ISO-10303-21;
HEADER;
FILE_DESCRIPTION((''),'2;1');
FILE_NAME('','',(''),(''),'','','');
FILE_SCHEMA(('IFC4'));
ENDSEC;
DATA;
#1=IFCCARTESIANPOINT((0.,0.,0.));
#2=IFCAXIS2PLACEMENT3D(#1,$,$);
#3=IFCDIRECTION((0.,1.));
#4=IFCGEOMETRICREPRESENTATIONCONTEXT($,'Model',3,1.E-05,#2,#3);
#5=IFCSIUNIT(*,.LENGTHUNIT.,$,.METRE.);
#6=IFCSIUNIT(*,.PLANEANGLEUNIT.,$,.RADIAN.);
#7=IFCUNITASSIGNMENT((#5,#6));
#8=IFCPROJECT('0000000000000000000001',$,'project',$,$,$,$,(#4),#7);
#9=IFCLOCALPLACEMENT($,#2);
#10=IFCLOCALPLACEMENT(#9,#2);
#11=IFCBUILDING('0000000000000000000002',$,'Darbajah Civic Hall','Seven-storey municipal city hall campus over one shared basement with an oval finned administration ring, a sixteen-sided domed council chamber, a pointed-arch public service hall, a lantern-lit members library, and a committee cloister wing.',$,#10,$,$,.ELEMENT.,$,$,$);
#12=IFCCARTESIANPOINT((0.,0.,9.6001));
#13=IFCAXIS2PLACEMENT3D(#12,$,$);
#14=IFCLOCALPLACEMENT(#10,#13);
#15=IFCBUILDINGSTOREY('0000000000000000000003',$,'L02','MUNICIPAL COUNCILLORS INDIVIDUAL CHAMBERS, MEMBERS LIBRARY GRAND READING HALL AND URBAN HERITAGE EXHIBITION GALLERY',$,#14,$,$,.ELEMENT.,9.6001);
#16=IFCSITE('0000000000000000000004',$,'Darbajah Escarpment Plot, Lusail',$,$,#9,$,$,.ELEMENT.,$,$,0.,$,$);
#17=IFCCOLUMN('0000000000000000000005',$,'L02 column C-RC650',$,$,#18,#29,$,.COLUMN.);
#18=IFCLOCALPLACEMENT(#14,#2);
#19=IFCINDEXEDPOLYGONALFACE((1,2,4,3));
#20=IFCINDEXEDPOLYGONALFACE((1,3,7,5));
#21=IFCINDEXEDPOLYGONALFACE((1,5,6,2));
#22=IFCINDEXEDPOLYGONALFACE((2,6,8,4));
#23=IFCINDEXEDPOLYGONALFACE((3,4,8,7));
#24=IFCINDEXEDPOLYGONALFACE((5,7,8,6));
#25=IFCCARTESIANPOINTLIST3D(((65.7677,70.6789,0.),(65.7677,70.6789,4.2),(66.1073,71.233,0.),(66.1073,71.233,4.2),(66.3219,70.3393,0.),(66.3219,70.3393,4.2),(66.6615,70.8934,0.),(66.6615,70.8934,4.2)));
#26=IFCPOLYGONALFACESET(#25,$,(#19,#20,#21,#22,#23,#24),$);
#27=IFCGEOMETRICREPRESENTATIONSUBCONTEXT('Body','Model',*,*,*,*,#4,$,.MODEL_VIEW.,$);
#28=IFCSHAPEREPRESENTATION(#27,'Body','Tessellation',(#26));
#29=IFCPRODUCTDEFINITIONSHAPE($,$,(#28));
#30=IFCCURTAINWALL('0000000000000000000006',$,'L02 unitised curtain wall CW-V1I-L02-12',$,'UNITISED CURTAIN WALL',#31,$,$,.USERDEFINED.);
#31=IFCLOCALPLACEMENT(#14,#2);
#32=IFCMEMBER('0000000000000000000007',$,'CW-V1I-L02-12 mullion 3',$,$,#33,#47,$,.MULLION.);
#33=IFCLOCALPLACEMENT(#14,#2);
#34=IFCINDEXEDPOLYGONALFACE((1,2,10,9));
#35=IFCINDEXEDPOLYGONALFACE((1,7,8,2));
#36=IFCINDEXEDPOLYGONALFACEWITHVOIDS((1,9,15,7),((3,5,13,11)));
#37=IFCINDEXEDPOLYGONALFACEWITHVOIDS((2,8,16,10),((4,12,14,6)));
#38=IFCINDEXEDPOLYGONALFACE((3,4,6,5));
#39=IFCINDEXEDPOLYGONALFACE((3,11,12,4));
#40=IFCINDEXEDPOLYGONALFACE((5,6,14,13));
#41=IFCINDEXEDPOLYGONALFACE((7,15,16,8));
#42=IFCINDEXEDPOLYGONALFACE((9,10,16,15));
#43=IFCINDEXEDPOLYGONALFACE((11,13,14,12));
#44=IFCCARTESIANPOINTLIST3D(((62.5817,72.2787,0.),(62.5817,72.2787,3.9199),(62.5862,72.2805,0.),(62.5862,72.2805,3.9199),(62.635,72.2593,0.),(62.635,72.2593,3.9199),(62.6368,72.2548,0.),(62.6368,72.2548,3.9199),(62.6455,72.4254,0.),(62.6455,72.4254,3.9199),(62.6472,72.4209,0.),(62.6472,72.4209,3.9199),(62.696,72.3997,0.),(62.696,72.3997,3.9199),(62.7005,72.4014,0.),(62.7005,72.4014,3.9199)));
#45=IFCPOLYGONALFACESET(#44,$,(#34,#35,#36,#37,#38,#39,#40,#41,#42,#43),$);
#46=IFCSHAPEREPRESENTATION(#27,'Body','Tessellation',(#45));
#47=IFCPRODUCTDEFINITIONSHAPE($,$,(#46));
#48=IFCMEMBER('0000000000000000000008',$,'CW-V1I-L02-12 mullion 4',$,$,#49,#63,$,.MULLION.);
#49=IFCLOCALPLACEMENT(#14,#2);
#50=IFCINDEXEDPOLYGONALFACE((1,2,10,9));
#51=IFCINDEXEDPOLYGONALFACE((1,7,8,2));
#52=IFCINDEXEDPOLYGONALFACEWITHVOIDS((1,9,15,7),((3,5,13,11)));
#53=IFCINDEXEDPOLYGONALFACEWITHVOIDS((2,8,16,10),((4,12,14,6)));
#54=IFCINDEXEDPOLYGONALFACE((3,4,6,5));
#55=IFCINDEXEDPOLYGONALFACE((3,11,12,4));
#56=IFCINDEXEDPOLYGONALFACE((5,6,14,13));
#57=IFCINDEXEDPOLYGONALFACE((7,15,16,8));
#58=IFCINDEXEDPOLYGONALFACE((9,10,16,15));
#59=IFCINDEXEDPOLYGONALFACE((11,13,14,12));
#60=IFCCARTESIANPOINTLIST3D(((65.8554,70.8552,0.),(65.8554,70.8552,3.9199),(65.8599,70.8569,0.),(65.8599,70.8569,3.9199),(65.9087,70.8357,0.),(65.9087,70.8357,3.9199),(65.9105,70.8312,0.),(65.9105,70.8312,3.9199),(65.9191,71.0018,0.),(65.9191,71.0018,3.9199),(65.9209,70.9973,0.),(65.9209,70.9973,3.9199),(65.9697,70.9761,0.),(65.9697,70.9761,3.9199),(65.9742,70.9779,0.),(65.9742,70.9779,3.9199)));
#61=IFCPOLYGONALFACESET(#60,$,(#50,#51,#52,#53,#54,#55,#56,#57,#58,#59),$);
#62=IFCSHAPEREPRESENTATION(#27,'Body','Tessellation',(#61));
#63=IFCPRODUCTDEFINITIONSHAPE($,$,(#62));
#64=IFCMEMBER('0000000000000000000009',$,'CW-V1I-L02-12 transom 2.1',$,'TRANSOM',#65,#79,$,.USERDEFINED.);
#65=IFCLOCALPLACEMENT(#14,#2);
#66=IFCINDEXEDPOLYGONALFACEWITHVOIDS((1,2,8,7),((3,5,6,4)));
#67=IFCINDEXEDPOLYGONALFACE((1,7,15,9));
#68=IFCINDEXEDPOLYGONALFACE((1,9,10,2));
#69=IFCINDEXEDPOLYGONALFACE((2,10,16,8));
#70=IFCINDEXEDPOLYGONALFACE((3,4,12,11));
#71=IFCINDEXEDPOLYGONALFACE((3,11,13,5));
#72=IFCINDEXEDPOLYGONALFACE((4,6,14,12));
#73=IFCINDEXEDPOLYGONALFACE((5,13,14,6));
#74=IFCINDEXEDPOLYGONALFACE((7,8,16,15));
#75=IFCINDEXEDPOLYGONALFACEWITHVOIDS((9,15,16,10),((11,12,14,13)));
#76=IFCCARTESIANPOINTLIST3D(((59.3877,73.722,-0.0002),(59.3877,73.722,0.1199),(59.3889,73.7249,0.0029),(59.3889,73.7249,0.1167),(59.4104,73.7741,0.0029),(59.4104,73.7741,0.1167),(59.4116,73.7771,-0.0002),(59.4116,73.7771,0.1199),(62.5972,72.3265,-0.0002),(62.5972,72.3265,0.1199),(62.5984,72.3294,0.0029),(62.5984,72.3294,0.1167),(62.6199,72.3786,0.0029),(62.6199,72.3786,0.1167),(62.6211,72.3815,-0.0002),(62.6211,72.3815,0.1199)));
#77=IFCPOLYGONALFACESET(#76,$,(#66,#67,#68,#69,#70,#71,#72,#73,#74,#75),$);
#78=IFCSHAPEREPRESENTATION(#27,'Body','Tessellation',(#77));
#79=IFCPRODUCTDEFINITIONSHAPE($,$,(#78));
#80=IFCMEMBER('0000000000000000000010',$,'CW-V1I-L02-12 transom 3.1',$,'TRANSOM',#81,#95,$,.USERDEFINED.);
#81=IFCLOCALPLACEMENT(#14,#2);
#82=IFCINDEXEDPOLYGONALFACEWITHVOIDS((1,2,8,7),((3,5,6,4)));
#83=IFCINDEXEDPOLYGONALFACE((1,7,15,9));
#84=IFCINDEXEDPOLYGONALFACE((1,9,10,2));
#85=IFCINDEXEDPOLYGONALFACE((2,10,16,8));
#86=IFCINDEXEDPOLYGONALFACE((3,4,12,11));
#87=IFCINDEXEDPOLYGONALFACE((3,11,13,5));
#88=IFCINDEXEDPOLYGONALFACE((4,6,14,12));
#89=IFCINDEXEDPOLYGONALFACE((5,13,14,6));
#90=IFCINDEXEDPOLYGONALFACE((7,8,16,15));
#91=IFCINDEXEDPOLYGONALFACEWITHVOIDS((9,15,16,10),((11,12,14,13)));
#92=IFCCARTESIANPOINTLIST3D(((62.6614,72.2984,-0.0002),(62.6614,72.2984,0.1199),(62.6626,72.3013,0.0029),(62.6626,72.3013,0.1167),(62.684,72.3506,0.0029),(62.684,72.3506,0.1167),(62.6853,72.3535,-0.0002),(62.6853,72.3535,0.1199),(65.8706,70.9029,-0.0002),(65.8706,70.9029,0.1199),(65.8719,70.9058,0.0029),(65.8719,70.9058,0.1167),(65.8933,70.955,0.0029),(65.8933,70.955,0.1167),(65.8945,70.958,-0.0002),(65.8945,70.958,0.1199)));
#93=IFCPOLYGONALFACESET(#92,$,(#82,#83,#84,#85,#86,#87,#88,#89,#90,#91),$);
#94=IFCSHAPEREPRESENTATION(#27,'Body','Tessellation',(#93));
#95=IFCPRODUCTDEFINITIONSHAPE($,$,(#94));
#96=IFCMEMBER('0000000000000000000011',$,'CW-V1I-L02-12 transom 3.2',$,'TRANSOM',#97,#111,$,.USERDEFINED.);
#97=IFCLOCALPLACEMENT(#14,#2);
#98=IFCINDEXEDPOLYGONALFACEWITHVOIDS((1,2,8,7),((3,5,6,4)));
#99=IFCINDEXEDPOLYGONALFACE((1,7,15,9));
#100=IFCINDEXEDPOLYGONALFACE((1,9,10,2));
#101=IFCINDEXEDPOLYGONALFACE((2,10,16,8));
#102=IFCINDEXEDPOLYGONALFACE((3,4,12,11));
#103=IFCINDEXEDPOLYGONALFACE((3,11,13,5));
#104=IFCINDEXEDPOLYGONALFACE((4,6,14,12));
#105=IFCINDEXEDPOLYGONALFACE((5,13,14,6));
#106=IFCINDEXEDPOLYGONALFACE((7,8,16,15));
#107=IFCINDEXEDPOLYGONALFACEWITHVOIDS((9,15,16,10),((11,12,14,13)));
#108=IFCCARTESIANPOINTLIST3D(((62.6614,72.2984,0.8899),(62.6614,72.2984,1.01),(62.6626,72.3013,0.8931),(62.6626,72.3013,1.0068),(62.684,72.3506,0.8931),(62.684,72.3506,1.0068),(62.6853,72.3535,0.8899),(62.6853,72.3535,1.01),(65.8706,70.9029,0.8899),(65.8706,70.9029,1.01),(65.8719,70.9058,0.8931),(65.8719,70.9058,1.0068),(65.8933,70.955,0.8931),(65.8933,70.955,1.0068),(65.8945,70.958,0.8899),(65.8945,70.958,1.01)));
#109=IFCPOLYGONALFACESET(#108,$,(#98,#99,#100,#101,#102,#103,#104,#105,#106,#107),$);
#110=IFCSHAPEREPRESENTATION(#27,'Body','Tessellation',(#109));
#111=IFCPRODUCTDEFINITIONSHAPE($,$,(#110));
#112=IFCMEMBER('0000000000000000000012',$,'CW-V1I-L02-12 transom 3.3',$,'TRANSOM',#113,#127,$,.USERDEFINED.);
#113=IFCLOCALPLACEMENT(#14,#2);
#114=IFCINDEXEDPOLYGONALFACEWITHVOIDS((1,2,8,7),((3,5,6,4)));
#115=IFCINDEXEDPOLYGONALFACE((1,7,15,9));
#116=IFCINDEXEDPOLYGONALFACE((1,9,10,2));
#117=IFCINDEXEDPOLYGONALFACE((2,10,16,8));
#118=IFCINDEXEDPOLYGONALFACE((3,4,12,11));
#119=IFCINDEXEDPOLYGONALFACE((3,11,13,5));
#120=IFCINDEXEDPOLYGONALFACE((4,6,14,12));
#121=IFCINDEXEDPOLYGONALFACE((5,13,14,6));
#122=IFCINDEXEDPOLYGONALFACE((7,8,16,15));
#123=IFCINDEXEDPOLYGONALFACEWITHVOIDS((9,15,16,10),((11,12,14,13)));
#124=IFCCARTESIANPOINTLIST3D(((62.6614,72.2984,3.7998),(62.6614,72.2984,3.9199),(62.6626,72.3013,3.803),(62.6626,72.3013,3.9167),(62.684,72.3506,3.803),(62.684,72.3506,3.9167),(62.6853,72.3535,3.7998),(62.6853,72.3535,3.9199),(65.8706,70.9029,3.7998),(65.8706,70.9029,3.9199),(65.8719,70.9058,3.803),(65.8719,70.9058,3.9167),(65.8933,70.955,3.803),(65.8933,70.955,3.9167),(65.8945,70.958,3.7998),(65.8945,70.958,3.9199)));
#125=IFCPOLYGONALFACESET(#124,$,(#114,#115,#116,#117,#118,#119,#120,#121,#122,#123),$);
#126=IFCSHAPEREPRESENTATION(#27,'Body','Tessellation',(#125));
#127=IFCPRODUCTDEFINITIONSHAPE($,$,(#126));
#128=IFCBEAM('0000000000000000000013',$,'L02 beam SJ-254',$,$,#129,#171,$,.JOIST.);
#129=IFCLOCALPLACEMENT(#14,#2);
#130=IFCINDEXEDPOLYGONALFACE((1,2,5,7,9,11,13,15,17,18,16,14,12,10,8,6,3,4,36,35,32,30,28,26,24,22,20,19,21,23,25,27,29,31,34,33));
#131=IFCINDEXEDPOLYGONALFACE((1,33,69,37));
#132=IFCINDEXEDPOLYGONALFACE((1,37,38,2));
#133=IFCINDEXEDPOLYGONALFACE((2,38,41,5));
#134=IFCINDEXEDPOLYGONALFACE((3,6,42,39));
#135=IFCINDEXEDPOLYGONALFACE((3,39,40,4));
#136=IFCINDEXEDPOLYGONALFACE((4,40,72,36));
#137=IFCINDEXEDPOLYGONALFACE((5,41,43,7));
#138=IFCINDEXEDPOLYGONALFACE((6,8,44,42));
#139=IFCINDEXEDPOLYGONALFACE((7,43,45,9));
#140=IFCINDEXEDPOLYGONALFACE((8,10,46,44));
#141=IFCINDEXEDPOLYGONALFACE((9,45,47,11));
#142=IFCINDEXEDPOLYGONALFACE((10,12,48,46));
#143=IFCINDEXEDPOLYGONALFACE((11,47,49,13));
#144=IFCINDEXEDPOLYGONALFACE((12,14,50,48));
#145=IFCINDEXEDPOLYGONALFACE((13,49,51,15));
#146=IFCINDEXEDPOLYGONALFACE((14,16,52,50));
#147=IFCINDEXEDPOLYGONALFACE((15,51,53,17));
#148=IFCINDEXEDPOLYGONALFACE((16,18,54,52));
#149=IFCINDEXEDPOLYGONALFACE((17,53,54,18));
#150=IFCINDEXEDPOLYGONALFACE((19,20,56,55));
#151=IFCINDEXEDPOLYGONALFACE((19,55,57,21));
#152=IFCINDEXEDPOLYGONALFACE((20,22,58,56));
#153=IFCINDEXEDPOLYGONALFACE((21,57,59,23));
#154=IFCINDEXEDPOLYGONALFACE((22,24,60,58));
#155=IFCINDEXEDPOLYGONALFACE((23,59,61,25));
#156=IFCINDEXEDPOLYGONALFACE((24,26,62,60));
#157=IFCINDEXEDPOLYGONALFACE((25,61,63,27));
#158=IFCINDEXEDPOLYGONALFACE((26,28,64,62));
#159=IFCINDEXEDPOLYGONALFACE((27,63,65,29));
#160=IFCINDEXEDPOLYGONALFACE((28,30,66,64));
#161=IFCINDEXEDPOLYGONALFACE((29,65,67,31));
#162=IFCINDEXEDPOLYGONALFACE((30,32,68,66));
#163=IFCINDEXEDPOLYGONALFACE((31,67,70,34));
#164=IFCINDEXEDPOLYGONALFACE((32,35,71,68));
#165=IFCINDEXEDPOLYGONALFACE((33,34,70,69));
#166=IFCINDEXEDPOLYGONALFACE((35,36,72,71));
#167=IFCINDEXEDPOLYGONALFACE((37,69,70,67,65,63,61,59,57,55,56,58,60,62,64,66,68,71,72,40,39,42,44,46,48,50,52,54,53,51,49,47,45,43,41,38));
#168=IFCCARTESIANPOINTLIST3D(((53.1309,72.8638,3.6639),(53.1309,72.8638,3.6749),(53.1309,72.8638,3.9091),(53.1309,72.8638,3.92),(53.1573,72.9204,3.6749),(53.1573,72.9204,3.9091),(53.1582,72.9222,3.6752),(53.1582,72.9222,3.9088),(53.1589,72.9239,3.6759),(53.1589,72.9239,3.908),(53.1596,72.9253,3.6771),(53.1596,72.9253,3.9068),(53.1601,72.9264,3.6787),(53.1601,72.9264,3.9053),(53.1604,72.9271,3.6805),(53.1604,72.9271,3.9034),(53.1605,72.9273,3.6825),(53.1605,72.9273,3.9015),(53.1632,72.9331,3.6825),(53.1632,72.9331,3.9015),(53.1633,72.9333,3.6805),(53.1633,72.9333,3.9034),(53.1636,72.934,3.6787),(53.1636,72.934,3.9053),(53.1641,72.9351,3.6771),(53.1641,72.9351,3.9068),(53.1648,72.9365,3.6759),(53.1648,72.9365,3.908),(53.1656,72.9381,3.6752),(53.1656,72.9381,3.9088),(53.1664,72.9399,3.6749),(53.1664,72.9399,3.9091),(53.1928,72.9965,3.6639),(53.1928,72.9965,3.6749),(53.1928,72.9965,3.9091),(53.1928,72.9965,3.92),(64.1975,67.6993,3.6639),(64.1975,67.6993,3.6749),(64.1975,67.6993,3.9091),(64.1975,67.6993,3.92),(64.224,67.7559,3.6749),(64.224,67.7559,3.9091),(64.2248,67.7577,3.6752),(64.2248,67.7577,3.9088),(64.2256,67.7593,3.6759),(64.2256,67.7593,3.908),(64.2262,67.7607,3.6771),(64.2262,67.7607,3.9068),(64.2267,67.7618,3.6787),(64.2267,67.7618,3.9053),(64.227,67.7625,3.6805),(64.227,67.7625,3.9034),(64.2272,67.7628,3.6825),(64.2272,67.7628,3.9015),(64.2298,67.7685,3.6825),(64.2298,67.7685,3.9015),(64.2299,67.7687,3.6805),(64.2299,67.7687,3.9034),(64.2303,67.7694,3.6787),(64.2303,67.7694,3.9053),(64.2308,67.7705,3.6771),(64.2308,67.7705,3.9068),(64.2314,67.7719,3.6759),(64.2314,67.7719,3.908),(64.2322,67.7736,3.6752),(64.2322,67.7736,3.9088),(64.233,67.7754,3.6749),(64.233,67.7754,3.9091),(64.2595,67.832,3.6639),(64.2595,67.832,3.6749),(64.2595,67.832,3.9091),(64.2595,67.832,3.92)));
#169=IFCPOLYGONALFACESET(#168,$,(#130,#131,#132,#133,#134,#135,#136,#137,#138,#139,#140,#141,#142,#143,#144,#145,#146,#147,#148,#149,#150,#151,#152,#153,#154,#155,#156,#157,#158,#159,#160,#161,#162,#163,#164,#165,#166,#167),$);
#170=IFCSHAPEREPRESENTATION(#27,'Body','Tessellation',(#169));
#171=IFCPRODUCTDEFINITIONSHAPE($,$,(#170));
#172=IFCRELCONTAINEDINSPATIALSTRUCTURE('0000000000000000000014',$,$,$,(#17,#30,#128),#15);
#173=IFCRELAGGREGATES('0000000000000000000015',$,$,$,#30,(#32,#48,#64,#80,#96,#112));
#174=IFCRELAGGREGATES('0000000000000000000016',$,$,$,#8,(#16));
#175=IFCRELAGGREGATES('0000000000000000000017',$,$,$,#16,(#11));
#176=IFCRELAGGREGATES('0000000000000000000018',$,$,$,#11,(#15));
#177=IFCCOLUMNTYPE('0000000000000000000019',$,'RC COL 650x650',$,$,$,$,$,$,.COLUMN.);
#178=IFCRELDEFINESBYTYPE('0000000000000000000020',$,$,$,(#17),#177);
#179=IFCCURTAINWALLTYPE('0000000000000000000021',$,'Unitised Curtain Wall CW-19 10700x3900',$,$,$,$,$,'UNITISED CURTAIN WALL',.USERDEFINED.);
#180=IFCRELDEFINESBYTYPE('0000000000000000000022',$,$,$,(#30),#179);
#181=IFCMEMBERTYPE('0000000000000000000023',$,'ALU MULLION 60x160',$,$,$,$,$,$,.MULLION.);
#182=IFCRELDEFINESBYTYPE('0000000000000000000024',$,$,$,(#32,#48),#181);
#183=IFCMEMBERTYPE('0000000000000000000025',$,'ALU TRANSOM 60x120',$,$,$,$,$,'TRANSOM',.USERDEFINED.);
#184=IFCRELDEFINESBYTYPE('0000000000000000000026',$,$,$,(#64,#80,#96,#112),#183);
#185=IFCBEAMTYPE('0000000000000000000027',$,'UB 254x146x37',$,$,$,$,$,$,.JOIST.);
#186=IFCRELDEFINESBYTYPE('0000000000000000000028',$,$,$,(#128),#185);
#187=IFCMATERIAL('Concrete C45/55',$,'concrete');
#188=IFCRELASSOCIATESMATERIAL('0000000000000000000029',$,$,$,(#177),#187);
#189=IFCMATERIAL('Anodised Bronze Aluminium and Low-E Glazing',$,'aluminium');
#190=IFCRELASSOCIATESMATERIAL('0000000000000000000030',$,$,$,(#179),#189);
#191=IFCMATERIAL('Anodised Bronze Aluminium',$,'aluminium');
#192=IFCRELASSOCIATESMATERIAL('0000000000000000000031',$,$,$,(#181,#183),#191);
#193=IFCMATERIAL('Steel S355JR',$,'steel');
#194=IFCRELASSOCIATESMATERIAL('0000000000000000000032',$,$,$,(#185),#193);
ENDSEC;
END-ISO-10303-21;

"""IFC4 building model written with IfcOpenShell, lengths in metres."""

from ifc_helpers import new_model, si_unit, direction, frame, origin, origin_2d, place, context, subcontext, project, spatial, rectangle, hollow_rectangle, i_section, extrude, material, material_profile, profile_set, type_object, element, aggregate, save


model = new_model("IFC4")

# Units and contexts
model_context = context("Model", 3, precision=1e-05, world=origin(), true_north=direction((0.0, 1.0)))
body_context = subcontext(model_context, "Body", "Model", "MODEL_VIEW")
ifc_project = project(units=[si_unit("LENGTHUNIT", "METRE"), si_unit("PLANEANGLEUNIT", "RADIAN")], contexts=[model_context])

# Site, building, storey
site_placement = place(None, origin())
site = spatial("IfcSite", under=ifc_project, at=site_placement, Name="Darbajah Escarpment Plot, Lusail", CompositionType="ELEMENT", RefElevation=0.0)
building_placement = place(site_placement, origin())
building = spatial("IfcBuilding", under=site, at=building_placement, Name="Darbajah Civic Hall", Description="Seven-storey municipal city hall campus over one shared basement with an oval finned administration ring, a sixteen-sided domed council chamber, a pointed-arch public service hall, a lantern-lit members library, and a committee cloister wing.", CompositionType="ELEMENT")
storey_placement = place(building_placement, frame((0.0, 0.0, 9.6001)))
storey = spatial("IfcBuildingStorey", under=building, at=storey_placement, Name="L02", Description="MUNICIPAL COUNCILLORS INDIVIDUAL CHAMBERS, MEMBERS LIBRARY GRAND READING HALL AND URBAN HERITAGE EXHIBITION GALLERY", CompositionType="ELEMENT", Elevation=9.6001)

# Column
ifc_material_1 = material(Name="Concrete C45/55", Category="concrete")
ifc_material_profile_1 = material_profile(ifc_material_1, rectangle(XDim=0.6499, YDim=0.6499, at=origin_2d()), Name="RC COL 650x650")
ifc_profile_set_1 = profile_set([ifc_material_profile_1], Name="Concrete C45/55")
column_type = type_object("IfcColumnType", Name="RC COL 650x650", PredefinedType="COLUMN", material=ifc_profile_set_1)
column_placement = place(storey_placement, frame((66.2146, 70.7861, 0.0), z_axis=(0.0, 0.0, 1.0), x_axis=(-0.522499, -0.85264, 0.0)))
element("IfcColumn", 1, at=column_placement, inside=storey, type_object=column_type, Name="L02 column C-RC650", PredefinedType="COLUMN", context=body_context, shape_type="SweptSolid", body=[
    extrude(rectangle(XDim=0.6499, YDim=0.6499, at=origin_2d()), origin(), (0.0, 0.0, 1.0), 4.2),
])

# Curtain wall, members
ifc_material_2 = material(Name="Anodised Bronze Aluminium and Low-E Glazing", Category="aluminium")
curtain_wall_type = type_object("IfcCurtainWallType", Name="Unitised Curtain Wall CW-19 10700x3900", ElementType="UNITISED CURTAIN WALL", PredefinedType="USERDEFINED", material=ifc_material_2)
curtain_wall_placement = place(storey_placement, origin())
curtain_wall = element("IfcCurtainWall", 2, at=curtain_wall_placement, inside=storey, type_object=curtain_wall_type, Name="L02 unitised curtain wall CW-V1I-L02-12", ObjectType="UNITISED CURTAIN WALL", PredefinedType="USERDEFINED")
ifc_material_3 = material(Name="Anodised Bronze Aluminium", Category="aluminium")
ifc_material_profile_2 = material_profile(ifc_material_3, hollow_rectangle(XDim=0.0601, YDim=0.1599, WallThickness=0.0034, at=origin_2d()), Name="ALU MULLION 60x160")
ifc_profile_set_2 = profile_set([ifc_material_profile_2], Name="Anodised Bronze Aluminium")
member_type_1 = type_object("IfcMemberType", Name="ALU MULLION 60x160", PredefinedType="MULLION", material=ifc_profile_set_2)
member_1_placement = place(storey_placement, frame((62.6411, 72.3401, 0.0), z_axis=(0.0, 0.0, 1.0), x_axis=(0.91706, -0.398749, 0.0)))
member_1 = element("IfcMember", 3, at=member_1_placement, type_object=member_type_1, Name="CW-V1I-L02-12 mullion 3", PredefinedType="MULLION", context=body_context, shape_type="SweptSolid", body=[
    extrude(hollow_rectangle(XDim=0.0601, YDim=0.1599, WallThickness=0.0034, at=origin_2d()), origin(), (0.0, 0.0, 1.0), 3.9199),
])
member_2_placement = place(storey_placement, frame((65.9148, 70.9165, 0.0), z_axis=(0.0, 0.0, 1.0), x_axis=(0.91706, -0.398749, 0.0)))
member_2 = element("IfcMember", 4, at=member_2_placement, type_object=member_type_1, Name="CW-V1I-L02-12 mullion 4", PredefinedType="MULLION", context=body_context, shape_type="SweptSolid", body=[
    extrude(hollow_rectangle(XDim=0.0601, YDim=0.1599, WallThickness=0.0034, at=origin_2d()), origin(), (0.0, 0.0, 1.0), 3.9199),
])
ifc_material_profile_3 = material_profile(ifc_material_3, hollow_rectangle(XDim=0.0601, YDim=0.1201, WallThickness=0.0032, at=origin_2d()), Name="ALU TRANSOM 60x120")
ifc_profile_set_3 = profile_set([ifc_material_profile_3], Name="Anodised Bronze Aluminium")
member_type_2 = type_object("IfcMemberType", Name="ALU TRANSOM 60x120", ElementType="TRANSOM", PredefinedType="USERDEFINED", material=ifc_profile_set_3)
member_3_placement = place(storey_placement, frame((59.3997, 73.7495, 0.0598), z_axis=(0.917061, -0.398747, 0.0), x_axis=(0.398747, 0.917061, 0.0)))
member_3 = element("IfcMember", 5, at=member_3_placement, type_object=member_type_2, Name="CW-V1I-L02-12 transom 2.1", ObjectType="TRANSOM", PredefinedType="USERDEFINED", context=body_context, shape_type="SweptSolid", body=[
    extrude(hollow_rectangle(XDim=0.0601, YDim=0.1201, WallThickness=0.0032, at=origin_2d()), origin(), (0.0, 0.0, 1.0), 3.4998),
])
member_4_placement = place(storey_placement, frame((62.6733, 72.3259, 0.0598), z_axis=(0.91705, -0.398772, 0.0), x_axis=(0.398772, 0.91705, 0.0)))
member_4 = element("IfcMember", 6, at=member_4_placement, type_object=member_type_2, Name="CW-V1I-L02-12 transom 3.1", ObjectType="TRANSOM", PredefinedType="USERDEFINED", context=body_context, shape_type="SweptSolid", body=[
    extrude(hollow_rectangle(XDim=0.0601, YDim=0.1201, WallThickness=0.0032, at=origin_2d()), origin(), (0.0, 0.0, 1.0), 3.4995),
])
member_5_placement = place(storey_placement, frame((62.6733, 72.3259, 0.95), z_axis=(0.91705, -0.398772, 0.0), x_axis=(0.398772, 0.91705, 0.0)))
member_5 = element("IfcMember", 7, at=member_5_placement, type_object=member_type_2, Name="CW-V1I-L02-12 transom 3.2", ObjectType="TRANSOM", PredefinedType="USERDEFINED", context=body_context, shape_type="SweptSolid", body=[
    extrude(hollow_rectangle(XDim=0.0601, YDim=0.1201, WallThickness=0.0032, at=origin_2d()), origin(), (0.0, 0.0, 1.0), 3.4995),
])
member_6_placement = place(storey_placement, frame((62.6733, 72.3259, 3.8599), z_axis=(0.91705, -0.398772, 0.0), x_axis=(0.398772, 0.91705, 0.0)))
member_6 = element("IfcMember", 8, at=member_6_placement, type_object=member_type_2, Name="CW-V1I-L02-12 transom 3.3", ObjectType="TRANSOM", PredefinedType="USERDEFINED", context=body_context, shape_type="SweptSolid", body=[
    extrude(hollow_rectangle(XDim=0.0601, YDim=0.1201, WallThickness=0.0032, at=origin_2d()), origin(), (0.0, 0.0, 1.0), 3.4995),
])

# Beam
ifc_material_4 = material(Name="Steel S355JR", Category="steel")
ifc_material_profile_4 = material_profile(ifc_material_4, i_section(OverallWidth=0.1465, OverallDepth=0.2561, WebThickness=0.0063, FlangeThickness=0.011, FilletRadius=0.0076, at=origin_2d()), Name="UB 254x146x37")
ifc_profile_set_4 = profile_set([ifc_material_profile_4], Name="Steel S355JR")
beam_type_1 = type_object("IfcBeamType", Name="UB 254x146x37", PredefinedType="JOIST", material=ifc_profile_set_4)
beam_1_placement = place(storey_placement, frame((53.1619, 72.9302, 3.792), z_axis=(0.90618, -0.422893, 0.0), x_axis=(0.422893, 0.90618, 0.0)))
element("IfcBeam", 9, at=beam_1_placement, inside=storey, type_object=beam_type_1, Name="L02 beam SJ-254", PredefinedType="JOIST", context=body_context, shape_type="SweptSolid", body=[
    extrude(i_section(OverallWidth=0.1465, OverallDepth=0.2561, WebThickness=0.0063, FlangeThickness=0.011, FilletRadius=0.0076, at=origin_2d()), origin(), (0.0, 0.0, 1.0), 12.2124),
])

aggregate(curtain_wall, [member_1, member_2, member_3, member_4, member_5, member_6])

save(model, "model.ifc")
